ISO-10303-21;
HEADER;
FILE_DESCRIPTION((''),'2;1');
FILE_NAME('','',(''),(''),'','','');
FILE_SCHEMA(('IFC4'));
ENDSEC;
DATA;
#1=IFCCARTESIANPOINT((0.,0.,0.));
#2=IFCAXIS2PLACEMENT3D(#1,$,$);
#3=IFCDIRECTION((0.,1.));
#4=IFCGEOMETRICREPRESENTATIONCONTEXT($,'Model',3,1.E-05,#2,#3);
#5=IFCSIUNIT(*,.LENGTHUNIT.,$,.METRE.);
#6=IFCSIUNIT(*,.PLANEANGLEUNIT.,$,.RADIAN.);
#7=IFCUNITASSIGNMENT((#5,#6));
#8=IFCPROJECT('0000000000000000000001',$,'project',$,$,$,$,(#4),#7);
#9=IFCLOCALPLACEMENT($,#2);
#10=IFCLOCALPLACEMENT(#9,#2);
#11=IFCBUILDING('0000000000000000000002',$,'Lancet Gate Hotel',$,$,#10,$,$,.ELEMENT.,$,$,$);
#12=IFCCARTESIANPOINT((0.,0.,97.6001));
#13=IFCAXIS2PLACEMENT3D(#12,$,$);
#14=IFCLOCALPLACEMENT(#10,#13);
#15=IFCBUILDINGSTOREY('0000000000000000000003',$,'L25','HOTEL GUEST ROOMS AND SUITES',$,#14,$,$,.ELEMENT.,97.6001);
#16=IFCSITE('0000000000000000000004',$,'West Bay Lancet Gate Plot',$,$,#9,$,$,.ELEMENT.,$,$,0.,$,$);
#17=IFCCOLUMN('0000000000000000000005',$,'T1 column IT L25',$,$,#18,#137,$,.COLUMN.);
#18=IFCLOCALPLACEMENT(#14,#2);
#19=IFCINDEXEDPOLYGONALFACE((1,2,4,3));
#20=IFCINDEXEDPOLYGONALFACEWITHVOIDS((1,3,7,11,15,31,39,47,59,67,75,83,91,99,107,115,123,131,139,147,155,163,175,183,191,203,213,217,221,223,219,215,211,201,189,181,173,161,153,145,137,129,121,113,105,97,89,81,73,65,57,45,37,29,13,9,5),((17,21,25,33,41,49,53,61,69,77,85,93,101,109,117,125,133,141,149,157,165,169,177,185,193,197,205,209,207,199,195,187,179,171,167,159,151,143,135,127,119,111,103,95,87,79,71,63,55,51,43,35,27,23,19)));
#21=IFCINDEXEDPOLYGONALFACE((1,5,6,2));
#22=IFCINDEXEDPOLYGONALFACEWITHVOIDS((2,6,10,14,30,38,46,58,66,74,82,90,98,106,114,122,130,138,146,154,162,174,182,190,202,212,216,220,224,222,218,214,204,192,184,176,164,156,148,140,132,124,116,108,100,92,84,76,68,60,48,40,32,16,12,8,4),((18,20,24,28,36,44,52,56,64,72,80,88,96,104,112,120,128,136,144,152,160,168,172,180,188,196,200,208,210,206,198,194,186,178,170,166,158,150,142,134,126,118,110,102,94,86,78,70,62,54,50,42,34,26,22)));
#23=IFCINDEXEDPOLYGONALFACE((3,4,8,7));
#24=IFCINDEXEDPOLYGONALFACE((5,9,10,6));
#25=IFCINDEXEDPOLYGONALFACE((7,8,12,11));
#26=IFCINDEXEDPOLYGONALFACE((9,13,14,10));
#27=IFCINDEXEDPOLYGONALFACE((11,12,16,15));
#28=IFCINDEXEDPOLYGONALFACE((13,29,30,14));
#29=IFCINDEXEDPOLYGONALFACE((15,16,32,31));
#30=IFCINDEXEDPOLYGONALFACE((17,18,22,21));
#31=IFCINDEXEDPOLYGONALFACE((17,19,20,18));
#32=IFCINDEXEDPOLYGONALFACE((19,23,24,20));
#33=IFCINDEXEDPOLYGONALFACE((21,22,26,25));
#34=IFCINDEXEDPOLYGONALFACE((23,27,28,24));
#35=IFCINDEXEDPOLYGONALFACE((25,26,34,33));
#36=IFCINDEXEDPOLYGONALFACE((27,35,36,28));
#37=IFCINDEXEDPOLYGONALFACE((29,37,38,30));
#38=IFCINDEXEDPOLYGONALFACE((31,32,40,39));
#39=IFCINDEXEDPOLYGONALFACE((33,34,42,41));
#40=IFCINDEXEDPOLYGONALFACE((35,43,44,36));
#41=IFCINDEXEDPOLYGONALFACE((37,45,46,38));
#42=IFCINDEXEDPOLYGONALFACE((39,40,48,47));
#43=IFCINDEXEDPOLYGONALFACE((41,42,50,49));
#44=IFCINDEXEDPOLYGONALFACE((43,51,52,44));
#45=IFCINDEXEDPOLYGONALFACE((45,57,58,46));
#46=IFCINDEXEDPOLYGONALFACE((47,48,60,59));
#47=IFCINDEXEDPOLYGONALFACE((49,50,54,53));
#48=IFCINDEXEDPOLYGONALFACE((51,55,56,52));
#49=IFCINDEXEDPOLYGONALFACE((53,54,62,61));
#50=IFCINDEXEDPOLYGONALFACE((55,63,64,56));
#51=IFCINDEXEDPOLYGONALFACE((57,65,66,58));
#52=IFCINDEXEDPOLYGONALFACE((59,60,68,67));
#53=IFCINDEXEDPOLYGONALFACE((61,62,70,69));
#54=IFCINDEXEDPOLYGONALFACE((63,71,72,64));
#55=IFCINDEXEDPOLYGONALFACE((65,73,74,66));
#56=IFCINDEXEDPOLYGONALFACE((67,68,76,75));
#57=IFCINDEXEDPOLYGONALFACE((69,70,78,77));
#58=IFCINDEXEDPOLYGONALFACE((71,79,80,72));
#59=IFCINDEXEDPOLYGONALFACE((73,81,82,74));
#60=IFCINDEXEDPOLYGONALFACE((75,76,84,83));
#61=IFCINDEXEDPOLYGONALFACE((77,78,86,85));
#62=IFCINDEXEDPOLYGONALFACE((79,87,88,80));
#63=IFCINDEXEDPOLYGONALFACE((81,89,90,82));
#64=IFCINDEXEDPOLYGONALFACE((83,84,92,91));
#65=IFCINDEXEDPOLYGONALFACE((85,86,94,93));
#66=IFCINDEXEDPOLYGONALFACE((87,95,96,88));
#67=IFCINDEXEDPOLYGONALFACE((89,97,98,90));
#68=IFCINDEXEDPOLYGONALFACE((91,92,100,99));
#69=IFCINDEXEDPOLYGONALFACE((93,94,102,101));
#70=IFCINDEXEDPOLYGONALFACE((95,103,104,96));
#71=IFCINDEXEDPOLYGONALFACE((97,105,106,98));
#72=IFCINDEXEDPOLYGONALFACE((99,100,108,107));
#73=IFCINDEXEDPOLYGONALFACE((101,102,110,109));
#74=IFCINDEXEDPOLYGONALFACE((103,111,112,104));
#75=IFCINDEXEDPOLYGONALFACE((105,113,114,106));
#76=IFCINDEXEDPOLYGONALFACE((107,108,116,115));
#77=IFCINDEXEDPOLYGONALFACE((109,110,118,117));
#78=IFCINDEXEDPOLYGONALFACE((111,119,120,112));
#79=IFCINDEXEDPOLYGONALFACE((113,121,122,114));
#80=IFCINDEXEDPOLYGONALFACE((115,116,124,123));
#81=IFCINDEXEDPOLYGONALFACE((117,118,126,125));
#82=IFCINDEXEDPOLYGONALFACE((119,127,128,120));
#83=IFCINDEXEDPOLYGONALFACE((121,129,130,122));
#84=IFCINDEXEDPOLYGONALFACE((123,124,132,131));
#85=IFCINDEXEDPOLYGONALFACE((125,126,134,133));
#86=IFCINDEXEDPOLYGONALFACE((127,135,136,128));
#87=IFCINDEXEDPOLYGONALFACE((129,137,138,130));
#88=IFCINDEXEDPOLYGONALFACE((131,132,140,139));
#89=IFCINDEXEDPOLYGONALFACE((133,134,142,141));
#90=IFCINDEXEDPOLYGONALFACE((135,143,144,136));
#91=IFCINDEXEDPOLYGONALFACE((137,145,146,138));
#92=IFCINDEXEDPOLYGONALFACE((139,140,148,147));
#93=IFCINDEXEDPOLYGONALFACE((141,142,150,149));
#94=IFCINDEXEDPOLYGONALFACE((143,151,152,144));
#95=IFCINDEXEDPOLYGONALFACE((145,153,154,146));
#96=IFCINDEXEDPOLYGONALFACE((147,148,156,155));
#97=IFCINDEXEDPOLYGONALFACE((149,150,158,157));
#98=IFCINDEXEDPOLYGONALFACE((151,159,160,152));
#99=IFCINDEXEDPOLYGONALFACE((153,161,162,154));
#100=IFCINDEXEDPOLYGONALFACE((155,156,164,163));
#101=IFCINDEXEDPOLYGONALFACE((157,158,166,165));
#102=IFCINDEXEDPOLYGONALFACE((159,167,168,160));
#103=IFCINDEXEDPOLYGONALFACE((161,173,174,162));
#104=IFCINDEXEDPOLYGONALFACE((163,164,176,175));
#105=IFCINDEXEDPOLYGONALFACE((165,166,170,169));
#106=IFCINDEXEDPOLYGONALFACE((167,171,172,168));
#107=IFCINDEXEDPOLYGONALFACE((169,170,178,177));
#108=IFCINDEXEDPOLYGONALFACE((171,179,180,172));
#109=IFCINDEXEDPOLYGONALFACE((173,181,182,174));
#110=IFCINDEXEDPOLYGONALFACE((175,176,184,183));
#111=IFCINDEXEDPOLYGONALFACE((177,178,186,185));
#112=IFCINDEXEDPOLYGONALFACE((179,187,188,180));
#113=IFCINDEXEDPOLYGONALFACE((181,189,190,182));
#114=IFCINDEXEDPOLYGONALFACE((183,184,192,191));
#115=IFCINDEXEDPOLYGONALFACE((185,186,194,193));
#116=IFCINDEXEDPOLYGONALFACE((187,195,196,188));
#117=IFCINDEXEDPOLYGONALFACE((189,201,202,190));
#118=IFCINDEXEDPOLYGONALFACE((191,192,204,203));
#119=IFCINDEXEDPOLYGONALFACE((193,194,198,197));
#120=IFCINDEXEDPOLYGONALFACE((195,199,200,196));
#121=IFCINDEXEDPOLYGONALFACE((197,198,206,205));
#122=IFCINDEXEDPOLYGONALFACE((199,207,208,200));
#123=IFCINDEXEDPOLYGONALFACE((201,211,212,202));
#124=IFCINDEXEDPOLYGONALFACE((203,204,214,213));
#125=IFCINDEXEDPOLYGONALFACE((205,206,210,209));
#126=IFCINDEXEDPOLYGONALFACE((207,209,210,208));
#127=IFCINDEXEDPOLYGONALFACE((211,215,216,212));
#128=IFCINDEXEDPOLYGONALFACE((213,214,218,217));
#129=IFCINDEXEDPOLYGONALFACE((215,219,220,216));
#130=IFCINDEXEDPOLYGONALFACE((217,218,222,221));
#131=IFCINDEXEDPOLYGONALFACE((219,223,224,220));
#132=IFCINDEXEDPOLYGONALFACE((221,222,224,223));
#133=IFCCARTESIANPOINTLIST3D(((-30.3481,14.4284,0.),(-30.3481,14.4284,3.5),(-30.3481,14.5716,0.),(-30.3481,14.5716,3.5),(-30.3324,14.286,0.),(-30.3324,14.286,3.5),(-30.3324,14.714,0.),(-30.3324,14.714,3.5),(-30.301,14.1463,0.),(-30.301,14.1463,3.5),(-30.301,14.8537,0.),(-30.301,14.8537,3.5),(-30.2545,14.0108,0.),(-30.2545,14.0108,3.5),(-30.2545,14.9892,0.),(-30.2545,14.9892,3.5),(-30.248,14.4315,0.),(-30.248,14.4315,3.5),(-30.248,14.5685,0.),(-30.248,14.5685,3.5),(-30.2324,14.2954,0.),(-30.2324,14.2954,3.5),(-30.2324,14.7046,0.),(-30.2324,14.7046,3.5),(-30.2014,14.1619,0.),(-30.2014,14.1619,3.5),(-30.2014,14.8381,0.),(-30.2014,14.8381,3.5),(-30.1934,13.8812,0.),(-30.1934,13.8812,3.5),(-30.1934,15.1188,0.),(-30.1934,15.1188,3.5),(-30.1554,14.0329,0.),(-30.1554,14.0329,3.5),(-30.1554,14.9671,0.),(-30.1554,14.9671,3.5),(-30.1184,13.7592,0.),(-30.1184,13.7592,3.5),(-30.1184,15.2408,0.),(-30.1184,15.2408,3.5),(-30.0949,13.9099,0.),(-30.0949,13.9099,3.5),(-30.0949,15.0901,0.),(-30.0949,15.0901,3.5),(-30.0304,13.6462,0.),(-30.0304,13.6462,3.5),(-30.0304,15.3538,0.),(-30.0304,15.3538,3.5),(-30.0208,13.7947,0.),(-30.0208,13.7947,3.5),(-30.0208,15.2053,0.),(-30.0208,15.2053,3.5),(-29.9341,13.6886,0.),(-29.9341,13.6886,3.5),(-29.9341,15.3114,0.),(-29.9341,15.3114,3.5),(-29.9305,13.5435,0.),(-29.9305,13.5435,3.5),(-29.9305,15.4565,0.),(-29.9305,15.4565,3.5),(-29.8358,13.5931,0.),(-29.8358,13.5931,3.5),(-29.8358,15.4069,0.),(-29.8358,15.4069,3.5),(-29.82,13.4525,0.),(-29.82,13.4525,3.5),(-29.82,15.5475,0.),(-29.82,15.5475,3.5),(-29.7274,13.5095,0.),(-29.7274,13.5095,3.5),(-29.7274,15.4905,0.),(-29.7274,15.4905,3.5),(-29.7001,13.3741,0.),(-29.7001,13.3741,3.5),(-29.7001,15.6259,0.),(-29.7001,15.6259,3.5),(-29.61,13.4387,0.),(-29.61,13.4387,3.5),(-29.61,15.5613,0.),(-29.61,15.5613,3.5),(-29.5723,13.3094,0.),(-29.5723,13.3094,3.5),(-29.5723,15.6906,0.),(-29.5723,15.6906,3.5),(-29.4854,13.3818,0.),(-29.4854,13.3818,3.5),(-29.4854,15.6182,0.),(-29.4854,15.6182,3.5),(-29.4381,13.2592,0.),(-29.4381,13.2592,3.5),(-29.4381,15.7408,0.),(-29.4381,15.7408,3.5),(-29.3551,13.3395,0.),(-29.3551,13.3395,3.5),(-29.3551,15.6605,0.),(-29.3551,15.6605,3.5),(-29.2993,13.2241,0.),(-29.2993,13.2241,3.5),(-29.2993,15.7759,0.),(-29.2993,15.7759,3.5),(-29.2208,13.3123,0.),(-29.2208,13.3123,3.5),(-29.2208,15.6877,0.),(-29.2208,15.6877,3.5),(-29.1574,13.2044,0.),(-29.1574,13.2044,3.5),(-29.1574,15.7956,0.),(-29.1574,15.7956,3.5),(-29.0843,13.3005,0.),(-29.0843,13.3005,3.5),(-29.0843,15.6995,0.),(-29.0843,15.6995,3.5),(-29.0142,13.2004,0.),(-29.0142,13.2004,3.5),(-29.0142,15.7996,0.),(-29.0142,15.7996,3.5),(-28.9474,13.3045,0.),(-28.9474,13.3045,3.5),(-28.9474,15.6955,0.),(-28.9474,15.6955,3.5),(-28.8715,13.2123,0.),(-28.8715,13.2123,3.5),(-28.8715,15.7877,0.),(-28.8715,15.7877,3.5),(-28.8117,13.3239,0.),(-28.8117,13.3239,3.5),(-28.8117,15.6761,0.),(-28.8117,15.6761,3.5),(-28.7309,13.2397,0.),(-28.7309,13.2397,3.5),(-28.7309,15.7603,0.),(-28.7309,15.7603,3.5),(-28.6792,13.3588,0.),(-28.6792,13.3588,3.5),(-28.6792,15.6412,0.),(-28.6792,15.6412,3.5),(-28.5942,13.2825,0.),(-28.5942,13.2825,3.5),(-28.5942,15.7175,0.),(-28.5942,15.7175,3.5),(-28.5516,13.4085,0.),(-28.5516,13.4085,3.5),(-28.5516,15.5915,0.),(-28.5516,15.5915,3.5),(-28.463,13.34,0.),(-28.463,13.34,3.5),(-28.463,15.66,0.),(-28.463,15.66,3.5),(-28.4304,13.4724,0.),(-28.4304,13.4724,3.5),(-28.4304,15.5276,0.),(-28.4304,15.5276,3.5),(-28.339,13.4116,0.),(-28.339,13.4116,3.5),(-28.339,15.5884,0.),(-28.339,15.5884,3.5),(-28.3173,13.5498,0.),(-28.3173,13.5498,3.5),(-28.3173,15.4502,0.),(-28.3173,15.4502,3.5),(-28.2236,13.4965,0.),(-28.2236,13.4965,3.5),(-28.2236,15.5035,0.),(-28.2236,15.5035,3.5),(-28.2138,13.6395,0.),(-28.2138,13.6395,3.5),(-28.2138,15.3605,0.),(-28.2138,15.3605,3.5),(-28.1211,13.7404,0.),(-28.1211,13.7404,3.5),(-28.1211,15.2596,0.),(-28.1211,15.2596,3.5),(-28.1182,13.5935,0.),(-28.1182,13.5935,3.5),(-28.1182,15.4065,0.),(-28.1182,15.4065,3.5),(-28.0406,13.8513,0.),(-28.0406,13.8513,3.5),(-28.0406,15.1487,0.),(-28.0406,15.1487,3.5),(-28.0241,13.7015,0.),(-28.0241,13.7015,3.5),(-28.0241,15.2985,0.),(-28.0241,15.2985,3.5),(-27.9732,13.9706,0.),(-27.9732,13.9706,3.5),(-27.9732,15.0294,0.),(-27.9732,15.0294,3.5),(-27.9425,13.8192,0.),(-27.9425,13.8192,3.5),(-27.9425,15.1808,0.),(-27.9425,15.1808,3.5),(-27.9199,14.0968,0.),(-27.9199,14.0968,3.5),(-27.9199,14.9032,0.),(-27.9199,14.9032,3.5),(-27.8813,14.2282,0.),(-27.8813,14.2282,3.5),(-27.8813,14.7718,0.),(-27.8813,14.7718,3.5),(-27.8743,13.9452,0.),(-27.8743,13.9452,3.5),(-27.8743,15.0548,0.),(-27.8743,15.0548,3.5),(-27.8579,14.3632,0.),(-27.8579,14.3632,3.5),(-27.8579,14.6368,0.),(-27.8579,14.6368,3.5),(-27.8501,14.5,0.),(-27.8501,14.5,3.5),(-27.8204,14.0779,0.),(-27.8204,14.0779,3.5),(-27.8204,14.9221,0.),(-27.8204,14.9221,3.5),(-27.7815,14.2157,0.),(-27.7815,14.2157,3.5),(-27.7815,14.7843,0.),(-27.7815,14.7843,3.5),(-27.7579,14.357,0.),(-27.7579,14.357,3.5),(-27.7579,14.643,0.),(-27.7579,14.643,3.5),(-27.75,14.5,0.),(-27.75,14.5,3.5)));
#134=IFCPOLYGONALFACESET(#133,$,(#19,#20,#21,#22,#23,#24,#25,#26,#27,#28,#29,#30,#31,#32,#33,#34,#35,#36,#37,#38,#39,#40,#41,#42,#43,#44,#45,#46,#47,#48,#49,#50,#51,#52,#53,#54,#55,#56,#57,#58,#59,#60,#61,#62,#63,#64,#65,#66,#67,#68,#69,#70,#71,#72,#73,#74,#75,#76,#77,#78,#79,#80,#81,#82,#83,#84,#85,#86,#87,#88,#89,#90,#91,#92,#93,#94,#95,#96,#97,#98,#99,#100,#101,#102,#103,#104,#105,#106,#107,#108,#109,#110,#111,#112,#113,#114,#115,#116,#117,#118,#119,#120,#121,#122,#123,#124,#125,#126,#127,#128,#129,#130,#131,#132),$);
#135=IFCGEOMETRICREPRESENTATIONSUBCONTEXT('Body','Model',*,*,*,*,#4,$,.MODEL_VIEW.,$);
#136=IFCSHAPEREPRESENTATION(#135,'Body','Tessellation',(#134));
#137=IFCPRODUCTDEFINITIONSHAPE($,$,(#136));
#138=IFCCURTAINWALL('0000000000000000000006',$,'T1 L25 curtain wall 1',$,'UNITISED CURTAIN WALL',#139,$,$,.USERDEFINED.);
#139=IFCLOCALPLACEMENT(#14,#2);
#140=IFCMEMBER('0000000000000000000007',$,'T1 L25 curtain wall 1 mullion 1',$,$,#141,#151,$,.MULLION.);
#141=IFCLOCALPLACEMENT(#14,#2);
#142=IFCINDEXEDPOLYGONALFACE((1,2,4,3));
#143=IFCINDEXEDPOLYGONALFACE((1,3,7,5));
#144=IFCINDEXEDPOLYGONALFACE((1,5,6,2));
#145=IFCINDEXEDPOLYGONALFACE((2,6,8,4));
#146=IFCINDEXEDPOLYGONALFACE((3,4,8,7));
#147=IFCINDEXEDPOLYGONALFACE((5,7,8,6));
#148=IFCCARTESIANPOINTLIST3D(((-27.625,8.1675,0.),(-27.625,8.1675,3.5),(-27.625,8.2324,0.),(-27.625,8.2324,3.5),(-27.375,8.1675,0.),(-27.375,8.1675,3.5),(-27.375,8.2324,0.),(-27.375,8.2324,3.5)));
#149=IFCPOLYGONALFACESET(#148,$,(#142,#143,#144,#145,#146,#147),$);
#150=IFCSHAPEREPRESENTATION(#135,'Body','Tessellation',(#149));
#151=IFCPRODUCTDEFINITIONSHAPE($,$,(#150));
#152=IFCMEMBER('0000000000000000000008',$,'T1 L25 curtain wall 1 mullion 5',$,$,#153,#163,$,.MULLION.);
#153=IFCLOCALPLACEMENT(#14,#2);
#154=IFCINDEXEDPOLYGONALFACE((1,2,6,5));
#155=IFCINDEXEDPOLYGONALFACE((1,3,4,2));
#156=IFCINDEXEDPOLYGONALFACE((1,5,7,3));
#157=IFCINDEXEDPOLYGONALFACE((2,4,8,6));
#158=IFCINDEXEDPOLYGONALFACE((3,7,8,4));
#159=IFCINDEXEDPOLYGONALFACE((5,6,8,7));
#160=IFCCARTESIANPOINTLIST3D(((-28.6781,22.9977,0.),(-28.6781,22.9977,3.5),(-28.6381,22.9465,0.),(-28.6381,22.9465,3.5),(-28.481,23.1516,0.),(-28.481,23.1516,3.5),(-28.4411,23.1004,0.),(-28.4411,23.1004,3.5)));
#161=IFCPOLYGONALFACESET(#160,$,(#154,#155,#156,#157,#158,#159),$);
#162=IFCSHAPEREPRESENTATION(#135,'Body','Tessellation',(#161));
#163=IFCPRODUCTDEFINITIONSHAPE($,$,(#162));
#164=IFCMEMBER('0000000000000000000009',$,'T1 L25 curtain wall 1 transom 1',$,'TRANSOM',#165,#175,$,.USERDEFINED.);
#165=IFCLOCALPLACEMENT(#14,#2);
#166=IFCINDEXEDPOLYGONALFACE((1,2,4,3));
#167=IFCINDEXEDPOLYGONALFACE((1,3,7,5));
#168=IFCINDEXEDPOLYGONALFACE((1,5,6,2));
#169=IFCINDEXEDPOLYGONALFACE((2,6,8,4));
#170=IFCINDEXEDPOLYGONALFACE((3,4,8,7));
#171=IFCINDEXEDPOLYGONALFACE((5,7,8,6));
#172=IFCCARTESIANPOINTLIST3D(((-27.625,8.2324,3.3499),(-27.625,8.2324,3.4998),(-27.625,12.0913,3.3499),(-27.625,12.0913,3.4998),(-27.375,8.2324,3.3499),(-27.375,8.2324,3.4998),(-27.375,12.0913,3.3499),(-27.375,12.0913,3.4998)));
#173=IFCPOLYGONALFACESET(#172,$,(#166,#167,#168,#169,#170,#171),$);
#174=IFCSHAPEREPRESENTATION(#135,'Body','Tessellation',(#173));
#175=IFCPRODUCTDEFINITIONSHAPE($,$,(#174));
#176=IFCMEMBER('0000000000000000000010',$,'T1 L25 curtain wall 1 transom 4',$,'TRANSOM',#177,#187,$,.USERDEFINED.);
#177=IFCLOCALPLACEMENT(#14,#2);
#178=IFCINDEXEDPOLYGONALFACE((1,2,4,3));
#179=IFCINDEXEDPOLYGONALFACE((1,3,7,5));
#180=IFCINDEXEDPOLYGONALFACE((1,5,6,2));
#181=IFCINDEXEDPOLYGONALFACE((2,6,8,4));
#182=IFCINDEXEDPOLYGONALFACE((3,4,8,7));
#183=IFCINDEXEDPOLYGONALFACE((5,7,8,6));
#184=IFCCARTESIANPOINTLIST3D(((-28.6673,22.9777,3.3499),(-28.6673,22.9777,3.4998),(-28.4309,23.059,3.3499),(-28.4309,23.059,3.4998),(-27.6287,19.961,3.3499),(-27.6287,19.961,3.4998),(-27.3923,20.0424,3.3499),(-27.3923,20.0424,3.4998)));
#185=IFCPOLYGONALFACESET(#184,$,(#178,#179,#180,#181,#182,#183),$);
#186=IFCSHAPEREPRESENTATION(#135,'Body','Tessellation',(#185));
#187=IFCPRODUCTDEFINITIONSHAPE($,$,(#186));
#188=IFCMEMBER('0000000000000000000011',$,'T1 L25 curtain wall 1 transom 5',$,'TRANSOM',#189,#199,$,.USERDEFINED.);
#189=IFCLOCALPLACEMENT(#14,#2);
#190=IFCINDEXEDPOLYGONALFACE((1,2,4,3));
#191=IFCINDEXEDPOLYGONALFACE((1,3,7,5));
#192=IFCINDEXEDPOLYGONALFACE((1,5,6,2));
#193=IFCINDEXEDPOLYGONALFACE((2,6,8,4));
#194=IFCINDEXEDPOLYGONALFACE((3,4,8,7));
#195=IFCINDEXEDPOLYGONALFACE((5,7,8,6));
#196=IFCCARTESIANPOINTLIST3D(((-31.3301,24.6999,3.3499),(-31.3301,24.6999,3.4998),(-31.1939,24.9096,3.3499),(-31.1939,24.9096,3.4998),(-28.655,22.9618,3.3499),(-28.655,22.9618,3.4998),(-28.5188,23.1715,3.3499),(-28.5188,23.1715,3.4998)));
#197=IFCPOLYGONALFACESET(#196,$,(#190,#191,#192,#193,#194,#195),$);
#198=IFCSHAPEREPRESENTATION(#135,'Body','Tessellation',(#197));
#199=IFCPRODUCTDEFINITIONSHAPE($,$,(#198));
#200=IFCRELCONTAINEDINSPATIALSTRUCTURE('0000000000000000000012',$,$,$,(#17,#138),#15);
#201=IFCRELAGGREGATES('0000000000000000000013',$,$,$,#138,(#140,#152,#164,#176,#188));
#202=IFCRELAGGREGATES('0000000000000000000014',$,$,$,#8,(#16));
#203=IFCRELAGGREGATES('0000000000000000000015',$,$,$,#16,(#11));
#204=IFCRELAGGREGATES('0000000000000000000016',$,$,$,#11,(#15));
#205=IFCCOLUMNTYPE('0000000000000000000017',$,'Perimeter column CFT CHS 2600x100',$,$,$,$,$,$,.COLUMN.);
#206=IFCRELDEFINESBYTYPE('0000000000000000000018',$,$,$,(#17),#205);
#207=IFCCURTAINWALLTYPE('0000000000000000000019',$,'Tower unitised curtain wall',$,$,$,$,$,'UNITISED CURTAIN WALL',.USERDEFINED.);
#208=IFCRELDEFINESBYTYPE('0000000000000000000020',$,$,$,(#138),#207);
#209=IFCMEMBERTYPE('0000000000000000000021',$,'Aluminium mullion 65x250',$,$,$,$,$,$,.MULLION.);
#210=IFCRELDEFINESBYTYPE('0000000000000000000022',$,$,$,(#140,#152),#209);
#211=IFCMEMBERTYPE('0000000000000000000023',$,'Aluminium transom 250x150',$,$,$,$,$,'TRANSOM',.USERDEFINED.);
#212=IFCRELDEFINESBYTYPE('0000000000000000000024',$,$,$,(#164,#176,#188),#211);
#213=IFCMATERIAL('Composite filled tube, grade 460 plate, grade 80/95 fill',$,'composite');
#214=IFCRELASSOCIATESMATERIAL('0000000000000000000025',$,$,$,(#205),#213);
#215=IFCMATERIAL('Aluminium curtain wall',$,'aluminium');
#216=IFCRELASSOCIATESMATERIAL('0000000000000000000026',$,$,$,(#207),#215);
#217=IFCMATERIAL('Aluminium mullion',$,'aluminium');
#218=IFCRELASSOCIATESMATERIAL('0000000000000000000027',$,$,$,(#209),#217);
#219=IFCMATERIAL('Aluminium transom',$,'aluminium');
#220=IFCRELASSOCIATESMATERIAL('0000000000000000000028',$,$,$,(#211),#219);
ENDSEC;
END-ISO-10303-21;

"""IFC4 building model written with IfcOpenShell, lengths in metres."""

from ifc_helpers import new_model, si_unit, direction, frame, origin, origin_2d, place, context, subcontext, project, spatial, rectangle, hollow_circle, extrude, material, material_profile, profile_set, type_object, element, aggregate, save


model = new_model("IFC4")

# Units and contexts
model_context = context("Model", 3, precision=1e-05, world=origin(), true_north=direction((0.0, 1.0)))
body_context = subcontext(model_context, "Body", "Model", "MODEL_VIEW")
ifc_project = project(units=[si_unit("LENGTHUNIT", "METRE"), si_unit("PLANEANGLEUNIT", "RADIAN")], contexts=[model_context])

# Site, building, storey
site_placement = place(None, origin())
site = spatial("IfcSite", under=ifc_project, at=site_placement, Name="West Bay Lancet Gate Plot", CompositionType="ELEMENT", RefElevation=0.0)
building_placement = place(site_placement, origin())
building = spatial("IfcBuilding", under=site, at=building_placement, Name="Lancet Gate Hotel", CompositionType="ELEMENT")
storey_placement = place(building_placement, frame((0.0, 0.0, 97.6001)))
storey = spatial("IfcBuildingStorey", under=building, at=storey_placement, Name="L25", Description="HOTEL GUEST ROOMS AND SUITES", CompositionType="ELEMENT", Elevation=97.6001)

# Column
ifc_material_1 = material(Name="Composite filled tube, grade 460 plate, grade 80/95 fill", Category="composite")
ifc_material_profile_1 = material_profile(ifc_material_1, hollow_circle(Radius=1.3, WallThickness=0.1001, at=origin_2d()), Name="CHS 2600x100")
ifc_profile_set_1 = profile_set([ifc_material_profile_1], Name="Composite filled tube, grade 460 plate, grade 80/95 fill")
column_type = type_object("IfcColumnType", Name="Perimeter column CFT CHS 2600x100", PredefinedType="COLUMN", material=ifc_profile_set_1)
for number, where, z_axis, x_axis, name in (
    (1, (-29.05, 14.5, 0.0), (0.0, 0.0, 1.0), (1.0, 0.0, 0.0), "T1 column IT L25"),
):
    element("IfcColumn", number, at=place(storey_placement, frame(where, z_axis=z_axis, x_axis=x_axis)), inside=storey, type_object=column_type, Name=name, PredefinedType="COLUMN", context=body_context, shape_type="SweptSolid", body=[
        extrude(hollow_circle(Radius=1.3, WallThickness=0.1001, at=origin_2d()), origin(), (0.0, 0.0, 1.0), 3.5),
    ])

# Curtain wall, members
ifc_material_2 = material(Name="Aluminium curtain wall", Category="aluminium")
curtain_wall_type = type_object("IfcCurtainWallType", Name="Tower unitised curtain wall", ElementType="UNITISED CURTAIN WALL", PredefinedType="USERDEFINED", material=ifc_material_2)
curtain_wall_placement = place(storey_placement, origin())
curtain_wall = element("IfcCurtainWall", 2, at=curtain_wall_placement, inside=storey, type_object=curtain_wall_type, Name="T1 L25 curtain wall 1", ObjectType="UNITISED CURTAIN WALL", PredefinedType="USERDEFINED")
ifc_material_3 = material(Name="Aluminium mullion", Category="aluminium")
ifc_material_profile_2 = material_profile(ifc_material_3, rectangle(XDim=0.0649, YDim=0.25, at=origin_2d()), Name="MULLION 65x250")
ifc_profile_set_2 = profile_set([ifc_material_profile_2], Name="Aluminium mullion")
member_type_1 = type_object("IfcMemberType", Name="Aluminium mullion 65x250", PredefinedType="MULLION", material=ifc_profile_set_2)
member_1_placement = place(storey_placement, frame((-27.5, 8.2, 0.0), z_axis=(0.0, 0.0, 1.0), x_axis=(0.0, 1.0, 0.0)))
member_1 = element("IfcMember", 3, at=member_1_placement, type_object=member_type_1, Name="T1 L25 curtain wall 1 mullion 1", PredefinedType="MULLION", context=body_context, shape_type="SweptSolid", body=[
    extrude(rectangle(XDim=0.0649, YDim=0.25, at=origin_2d()), origin(), (0.0, 0.0, 1.0), 3.5),
])
member_2_placement = place(storey_placement, frame((-28.5596, 23.0491, 0.0), z_axis=(0.0, 0.0, 1.0), x_axis=(-0.615574, 0.788079, 0.0)))
member_2 = element("IfcMember", 4, at=member_2_placement, type_object=member_type_1, Name="T1 L25 curtain wall 1 mullion 5", PredefinedType="MULLION", context=body_context, shape_type="SweptSolid", body=[
    extrude(rectangle(XDim=0.0649, YDim=0.25, at=origin_2d()), origin(), (0.0, 0.0, 1.0), 3.5),
])
ifc_material_4 = material(Name="Aluminium transom", Category="aluminium")
ifc_material_profile_3 = material_profile(ifc_material_4, rectangle(XDim=0.25, YDim=0.1499, at=origin_2d()), Name="TRANSOM 250x150")
ifc_profile_set_3 = profile_set([ifc_material_profile_3], Name="Aluminium transom")
member_type_2 = type_object("IfcMemberType", Name="Aluminium transom 250x150", ElementType="TRANSOM", PredefinedType="USERDEFINED", material=ifc_profile_set_3)
member_3_placement = place(storey_placement, frame((-27.5, 8.2324, 3.4248), z_axis=(0.0, 1.0, 0.0), x_axis=(-1.0, 0.0, 0.0)))
member_3 = element("IfcMember", 5, at=member_3_placement, type_object=member_type_2, Name="T1 L25 curtain wall 1 transom 1", ObjectType="TRANSOM", PredefinedType="USERDEFINED", context=body_context, shape_type="SweptSolid", body=[
    extrude(rectangle(XDim=0.25, YDim=0.1499, at=origin_2d()), origin(), (0.0, 0.0, 1.0), 3.8589),
])
member_4_placement = place(storey_placement, frame((-27.5105, 20.0017, 3.4248), z_axis=(-0.325533, 0.945531, 0.0), x_axis=(-0.945531, -0.325533, 0.0)))
member_4 = element("IfcMember", 6, at=member_4_placement, type_object=member_type_2, Name="T1 L25 curtain wall 1 transom 4", ObjectType="TRANSOM", PredefinedType="USERDEFINED", context=body_context, shape_type="SweptSolid", body=[
    extrude(rectangle(XDim=0.25, YDim=0.1499, at=origin_2d()), origin(), (0.0, 0.0, 1.0), 3.1904),
])
member_5_placement = place(storey_placement, frame((-28.5869, 23.0667, 3.4248), z_axis=(-0.83855, 0.544824, 0.0), x_axis=(-0.544824, -0.83855, 0.0)))
member_5 = element("IfcMember", 7, at=member_5_placement, type_object=member_type_2, Name="T1 L25 curtain wall 1 transom 5", ObjectType="TRANSOM", PredefinedType="USERDEFINED", context=body_context, shape_type="SweptSolid", body=[
    extrude(rectangle(XDim=0.25, YDim=0.1499, at=origin_2d()), origin(), (0.0, 0.0, 1.0), 3.1902),
])

aggregate(curtain_wall, [member_1, member_2, member_3, member_4, member_5])

save(model, "model.ifc")
